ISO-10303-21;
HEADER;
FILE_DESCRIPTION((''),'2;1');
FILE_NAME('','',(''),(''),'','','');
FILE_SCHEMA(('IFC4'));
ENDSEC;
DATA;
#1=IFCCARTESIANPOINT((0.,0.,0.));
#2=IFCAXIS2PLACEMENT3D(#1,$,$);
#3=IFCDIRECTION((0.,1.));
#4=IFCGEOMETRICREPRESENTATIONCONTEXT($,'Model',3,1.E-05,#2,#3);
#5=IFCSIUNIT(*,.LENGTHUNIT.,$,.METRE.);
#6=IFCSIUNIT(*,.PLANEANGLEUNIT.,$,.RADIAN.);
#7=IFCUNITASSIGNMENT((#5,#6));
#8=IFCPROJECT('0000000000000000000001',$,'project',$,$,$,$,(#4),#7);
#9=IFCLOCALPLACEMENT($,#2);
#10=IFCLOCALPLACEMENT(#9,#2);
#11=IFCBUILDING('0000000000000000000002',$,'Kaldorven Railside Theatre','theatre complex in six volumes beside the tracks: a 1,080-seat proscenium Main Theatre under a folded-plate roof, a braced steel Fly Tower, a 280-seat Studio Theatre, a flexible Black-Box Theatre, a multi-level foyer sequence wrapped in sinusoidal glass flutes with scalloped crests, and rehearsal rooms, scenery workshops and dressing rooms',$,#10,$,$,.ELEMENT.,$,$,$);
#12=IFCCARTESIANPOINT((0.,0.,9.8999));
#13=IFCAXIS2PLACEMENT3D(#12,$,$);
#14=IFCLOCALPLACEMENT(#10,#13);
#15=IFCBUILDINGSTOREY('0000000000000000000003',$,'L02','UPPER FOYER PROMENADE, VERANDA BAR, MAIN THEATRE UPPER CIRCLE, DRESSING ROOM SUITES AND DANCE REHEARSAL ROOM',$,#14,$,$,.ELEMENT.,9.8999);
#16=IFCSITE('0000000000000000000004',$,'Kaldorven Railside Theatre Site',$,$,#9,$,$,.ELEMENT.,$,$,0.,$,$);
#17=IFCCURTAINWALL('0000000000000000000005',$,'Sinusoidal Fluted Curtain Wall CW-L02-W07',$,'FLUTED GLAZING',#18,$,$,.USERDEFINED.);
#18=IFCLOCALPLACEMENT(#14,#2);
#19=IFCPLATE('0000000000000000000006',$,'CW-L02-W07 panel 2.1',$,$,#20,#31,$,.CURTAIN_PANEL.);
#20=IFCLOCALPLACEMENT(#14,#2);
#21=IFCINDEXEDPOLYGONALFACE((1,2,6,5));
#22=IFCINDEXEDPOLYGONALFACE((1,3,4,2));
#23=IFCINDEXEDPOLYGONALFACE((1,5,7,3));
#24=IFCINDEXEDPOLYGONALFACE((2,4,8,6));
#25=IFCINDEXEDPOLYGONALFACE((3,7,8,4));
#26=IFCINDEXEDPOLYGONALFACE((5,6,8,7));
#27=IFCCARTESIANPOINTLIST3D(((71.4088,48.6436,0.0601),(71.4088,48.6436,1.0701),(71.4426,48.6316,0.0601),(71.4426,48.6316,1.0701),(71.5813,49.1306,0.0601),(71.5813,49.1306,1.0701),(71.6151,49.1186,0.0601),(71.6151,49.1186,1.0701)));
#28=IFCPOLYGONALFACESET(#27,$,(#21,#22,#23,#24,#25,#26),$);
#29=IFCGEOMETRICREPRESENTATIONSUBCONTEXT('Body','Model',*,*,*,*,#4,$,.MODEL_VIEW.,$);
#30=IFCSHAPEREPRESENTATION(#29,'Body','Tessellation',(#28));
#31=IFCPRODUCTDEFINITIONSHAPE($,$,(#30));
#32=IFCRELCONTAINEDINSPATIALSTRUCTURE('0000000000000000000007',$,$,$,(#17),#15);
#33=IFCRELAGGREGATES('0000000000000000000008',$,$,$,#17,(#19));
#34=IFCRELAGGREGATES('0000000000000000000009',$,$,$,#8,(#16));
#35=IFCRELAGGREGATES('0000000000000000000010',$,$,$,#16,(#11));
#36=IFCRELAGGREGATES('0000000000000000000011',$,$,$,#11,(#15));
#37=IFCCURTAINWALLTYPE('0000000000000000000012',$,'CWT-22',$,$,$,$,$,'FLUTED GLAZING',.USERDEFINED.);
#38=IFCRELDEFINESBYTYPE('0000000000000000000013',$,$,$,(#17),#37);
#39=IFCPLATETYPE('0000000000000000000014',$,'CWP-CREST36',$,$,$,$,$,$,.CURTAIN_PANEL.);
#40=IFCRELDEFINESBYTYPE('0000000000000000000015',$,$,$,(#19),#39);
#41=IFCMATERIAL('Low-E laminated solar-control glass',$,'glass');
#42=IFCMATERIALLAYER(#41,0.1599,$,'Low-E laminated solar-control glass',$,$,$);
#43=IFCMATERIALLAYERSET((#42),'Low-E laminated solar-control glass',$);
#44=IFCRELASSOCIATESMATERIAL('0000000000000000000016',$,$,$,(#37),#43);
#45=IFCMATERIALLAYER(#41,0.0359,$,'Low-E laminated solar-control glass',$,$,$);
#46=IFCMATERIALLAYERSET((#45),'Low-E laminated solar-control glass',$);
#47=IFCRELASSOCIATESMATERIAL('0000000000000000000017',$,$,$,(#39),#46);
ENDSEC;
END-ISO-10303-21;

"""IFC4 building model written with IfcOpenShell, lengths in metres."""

from ifc_helpers import new_model, si_unit, direction, frame, origin, origin_2d, place, context, subcontext, project, spatial, rectangle, extrude, material, layer, layer_set, type_object, element, aggregate, save


model = new_model("IFC4")

# Units and contexts
model_context = context("Model", 3, precision=1e-05, world=origin(), true_north=direction((0.0, 1.0)))
body_context = subcontext(model_context, "Body", "Model", "MODEL_VIEW")
ifc_project = project(units=[si_unit("LENGTHUNIT", "METRE"), si_unit("PLANEANGLEUNIT", "RADIAN")], contexts=[model_context])

# Site, building, storey
site_placement = place(None, origin())
site = spatial("IfcSite", under=ifc_project, at=site_placement, Name="Kaldorven Railside Theatre Site", CompositionType="ELEMENT", RefElevation=0.0)
building_placement = place(site_placement, origin())
building = spatial("IfcBuilding", under=site, at=building_placement, Name="Kaldorven Railside Theatre", Description="theatre complex in six volumes beside the tracks: a 1,080-seat proscenium Main Theatre under a folded-plate roof, a braced steel Fly Tower, a 280-seat Studio Theatre, a flexible Black-Box Theatre, a multi-level foyer sequence wrapped in sinusoidal glass flutes with scalloped crests, and rehearsal rooms, scenery workshops and dressing rooms", CompositionType="ELEMENT")
storey_placement = place(building_placement, frame((0.0, 0.0, 9.8999)))
storey = spatial("IfcBuildingStorey", under=building, at=storey_placement, Name="L02", Description="UPPER FOYER PROMENADE, VERANDA BAR, MAIN THEATRE UPPER CIRCLE, DRESSING ROOM SUITES AND DANCE REHEARSAL ROOM", CompositionType="ELEMENT", Elevation=9.8999)

# Shared definitions
ifc_material_1 = material(Name="Low-E laminated solar-control glass", Category="glass")

# Curtain wall
ifc_layer_1 = layer(ifc_material_1, 0.1599, Name="Low-E laminated solar-control glass")
ifc_layer_set_1 = layer_set([ifc_layer_1], Name="Low-E laminated solar-control glass")
curtain_wall_type_1 = type_object("IfcCurtainWallType", Name="CWT-22", ElementType="FLUTED GLAZING", PredefinedType="USERDEFINED", material=ifc_layer_set_1)
curtain_wall_1_placement = place(storey_placement, origin())
curtain_wall_1 = element("IfcCurtainWall", 1, at=curtain_wall_1_placement, inside=storey, type_object=curtain_wall_type_1, Name="Sinusoidal Fluted Curtain Wall CW-L02-W07", ObjectType="FLUTED GLAZING", PredefinedType="USERDEFINED")

# Plate
ifc_layer_2 = layer(ifc_material_1, 0.0359, Name="Low-E laminated solar-control glass")
ifc_layer_set_2 = layer_set([ifc_layer_2], Name="Low-E laminated solar-control glass")
plate_type = type_object("IfcPlateType", Name="CWP-CREST36", PredefinedType="CURTAIN_PANEL", material=ifc_layer_set_2)
plate_1_placement = place(storey_placement, frame((71.512, 48.8811, 0.0601), z_axis=(0.0, 0.0, 1.0), x_axis=(0.333847, 0.942627, 0.0)))
plate_1 = element("IfcPlate", 2, at=plate_1_placement, type_object=plate_type, Name="CW-L02-W07 panel 2.1", PredefinedType="CURTAIN_PANEL", context=body_context, shape_type="SweptSolid", body=[
    extrude(rectangle(XDim=0.5166, YDim=0.0359, at=origin_2d()), origin(), (0.0, 0.0, 1.0), 1.01),
])
aggregate(curtain_wall_1, [plate_1])

save(model, "model.ifc")
